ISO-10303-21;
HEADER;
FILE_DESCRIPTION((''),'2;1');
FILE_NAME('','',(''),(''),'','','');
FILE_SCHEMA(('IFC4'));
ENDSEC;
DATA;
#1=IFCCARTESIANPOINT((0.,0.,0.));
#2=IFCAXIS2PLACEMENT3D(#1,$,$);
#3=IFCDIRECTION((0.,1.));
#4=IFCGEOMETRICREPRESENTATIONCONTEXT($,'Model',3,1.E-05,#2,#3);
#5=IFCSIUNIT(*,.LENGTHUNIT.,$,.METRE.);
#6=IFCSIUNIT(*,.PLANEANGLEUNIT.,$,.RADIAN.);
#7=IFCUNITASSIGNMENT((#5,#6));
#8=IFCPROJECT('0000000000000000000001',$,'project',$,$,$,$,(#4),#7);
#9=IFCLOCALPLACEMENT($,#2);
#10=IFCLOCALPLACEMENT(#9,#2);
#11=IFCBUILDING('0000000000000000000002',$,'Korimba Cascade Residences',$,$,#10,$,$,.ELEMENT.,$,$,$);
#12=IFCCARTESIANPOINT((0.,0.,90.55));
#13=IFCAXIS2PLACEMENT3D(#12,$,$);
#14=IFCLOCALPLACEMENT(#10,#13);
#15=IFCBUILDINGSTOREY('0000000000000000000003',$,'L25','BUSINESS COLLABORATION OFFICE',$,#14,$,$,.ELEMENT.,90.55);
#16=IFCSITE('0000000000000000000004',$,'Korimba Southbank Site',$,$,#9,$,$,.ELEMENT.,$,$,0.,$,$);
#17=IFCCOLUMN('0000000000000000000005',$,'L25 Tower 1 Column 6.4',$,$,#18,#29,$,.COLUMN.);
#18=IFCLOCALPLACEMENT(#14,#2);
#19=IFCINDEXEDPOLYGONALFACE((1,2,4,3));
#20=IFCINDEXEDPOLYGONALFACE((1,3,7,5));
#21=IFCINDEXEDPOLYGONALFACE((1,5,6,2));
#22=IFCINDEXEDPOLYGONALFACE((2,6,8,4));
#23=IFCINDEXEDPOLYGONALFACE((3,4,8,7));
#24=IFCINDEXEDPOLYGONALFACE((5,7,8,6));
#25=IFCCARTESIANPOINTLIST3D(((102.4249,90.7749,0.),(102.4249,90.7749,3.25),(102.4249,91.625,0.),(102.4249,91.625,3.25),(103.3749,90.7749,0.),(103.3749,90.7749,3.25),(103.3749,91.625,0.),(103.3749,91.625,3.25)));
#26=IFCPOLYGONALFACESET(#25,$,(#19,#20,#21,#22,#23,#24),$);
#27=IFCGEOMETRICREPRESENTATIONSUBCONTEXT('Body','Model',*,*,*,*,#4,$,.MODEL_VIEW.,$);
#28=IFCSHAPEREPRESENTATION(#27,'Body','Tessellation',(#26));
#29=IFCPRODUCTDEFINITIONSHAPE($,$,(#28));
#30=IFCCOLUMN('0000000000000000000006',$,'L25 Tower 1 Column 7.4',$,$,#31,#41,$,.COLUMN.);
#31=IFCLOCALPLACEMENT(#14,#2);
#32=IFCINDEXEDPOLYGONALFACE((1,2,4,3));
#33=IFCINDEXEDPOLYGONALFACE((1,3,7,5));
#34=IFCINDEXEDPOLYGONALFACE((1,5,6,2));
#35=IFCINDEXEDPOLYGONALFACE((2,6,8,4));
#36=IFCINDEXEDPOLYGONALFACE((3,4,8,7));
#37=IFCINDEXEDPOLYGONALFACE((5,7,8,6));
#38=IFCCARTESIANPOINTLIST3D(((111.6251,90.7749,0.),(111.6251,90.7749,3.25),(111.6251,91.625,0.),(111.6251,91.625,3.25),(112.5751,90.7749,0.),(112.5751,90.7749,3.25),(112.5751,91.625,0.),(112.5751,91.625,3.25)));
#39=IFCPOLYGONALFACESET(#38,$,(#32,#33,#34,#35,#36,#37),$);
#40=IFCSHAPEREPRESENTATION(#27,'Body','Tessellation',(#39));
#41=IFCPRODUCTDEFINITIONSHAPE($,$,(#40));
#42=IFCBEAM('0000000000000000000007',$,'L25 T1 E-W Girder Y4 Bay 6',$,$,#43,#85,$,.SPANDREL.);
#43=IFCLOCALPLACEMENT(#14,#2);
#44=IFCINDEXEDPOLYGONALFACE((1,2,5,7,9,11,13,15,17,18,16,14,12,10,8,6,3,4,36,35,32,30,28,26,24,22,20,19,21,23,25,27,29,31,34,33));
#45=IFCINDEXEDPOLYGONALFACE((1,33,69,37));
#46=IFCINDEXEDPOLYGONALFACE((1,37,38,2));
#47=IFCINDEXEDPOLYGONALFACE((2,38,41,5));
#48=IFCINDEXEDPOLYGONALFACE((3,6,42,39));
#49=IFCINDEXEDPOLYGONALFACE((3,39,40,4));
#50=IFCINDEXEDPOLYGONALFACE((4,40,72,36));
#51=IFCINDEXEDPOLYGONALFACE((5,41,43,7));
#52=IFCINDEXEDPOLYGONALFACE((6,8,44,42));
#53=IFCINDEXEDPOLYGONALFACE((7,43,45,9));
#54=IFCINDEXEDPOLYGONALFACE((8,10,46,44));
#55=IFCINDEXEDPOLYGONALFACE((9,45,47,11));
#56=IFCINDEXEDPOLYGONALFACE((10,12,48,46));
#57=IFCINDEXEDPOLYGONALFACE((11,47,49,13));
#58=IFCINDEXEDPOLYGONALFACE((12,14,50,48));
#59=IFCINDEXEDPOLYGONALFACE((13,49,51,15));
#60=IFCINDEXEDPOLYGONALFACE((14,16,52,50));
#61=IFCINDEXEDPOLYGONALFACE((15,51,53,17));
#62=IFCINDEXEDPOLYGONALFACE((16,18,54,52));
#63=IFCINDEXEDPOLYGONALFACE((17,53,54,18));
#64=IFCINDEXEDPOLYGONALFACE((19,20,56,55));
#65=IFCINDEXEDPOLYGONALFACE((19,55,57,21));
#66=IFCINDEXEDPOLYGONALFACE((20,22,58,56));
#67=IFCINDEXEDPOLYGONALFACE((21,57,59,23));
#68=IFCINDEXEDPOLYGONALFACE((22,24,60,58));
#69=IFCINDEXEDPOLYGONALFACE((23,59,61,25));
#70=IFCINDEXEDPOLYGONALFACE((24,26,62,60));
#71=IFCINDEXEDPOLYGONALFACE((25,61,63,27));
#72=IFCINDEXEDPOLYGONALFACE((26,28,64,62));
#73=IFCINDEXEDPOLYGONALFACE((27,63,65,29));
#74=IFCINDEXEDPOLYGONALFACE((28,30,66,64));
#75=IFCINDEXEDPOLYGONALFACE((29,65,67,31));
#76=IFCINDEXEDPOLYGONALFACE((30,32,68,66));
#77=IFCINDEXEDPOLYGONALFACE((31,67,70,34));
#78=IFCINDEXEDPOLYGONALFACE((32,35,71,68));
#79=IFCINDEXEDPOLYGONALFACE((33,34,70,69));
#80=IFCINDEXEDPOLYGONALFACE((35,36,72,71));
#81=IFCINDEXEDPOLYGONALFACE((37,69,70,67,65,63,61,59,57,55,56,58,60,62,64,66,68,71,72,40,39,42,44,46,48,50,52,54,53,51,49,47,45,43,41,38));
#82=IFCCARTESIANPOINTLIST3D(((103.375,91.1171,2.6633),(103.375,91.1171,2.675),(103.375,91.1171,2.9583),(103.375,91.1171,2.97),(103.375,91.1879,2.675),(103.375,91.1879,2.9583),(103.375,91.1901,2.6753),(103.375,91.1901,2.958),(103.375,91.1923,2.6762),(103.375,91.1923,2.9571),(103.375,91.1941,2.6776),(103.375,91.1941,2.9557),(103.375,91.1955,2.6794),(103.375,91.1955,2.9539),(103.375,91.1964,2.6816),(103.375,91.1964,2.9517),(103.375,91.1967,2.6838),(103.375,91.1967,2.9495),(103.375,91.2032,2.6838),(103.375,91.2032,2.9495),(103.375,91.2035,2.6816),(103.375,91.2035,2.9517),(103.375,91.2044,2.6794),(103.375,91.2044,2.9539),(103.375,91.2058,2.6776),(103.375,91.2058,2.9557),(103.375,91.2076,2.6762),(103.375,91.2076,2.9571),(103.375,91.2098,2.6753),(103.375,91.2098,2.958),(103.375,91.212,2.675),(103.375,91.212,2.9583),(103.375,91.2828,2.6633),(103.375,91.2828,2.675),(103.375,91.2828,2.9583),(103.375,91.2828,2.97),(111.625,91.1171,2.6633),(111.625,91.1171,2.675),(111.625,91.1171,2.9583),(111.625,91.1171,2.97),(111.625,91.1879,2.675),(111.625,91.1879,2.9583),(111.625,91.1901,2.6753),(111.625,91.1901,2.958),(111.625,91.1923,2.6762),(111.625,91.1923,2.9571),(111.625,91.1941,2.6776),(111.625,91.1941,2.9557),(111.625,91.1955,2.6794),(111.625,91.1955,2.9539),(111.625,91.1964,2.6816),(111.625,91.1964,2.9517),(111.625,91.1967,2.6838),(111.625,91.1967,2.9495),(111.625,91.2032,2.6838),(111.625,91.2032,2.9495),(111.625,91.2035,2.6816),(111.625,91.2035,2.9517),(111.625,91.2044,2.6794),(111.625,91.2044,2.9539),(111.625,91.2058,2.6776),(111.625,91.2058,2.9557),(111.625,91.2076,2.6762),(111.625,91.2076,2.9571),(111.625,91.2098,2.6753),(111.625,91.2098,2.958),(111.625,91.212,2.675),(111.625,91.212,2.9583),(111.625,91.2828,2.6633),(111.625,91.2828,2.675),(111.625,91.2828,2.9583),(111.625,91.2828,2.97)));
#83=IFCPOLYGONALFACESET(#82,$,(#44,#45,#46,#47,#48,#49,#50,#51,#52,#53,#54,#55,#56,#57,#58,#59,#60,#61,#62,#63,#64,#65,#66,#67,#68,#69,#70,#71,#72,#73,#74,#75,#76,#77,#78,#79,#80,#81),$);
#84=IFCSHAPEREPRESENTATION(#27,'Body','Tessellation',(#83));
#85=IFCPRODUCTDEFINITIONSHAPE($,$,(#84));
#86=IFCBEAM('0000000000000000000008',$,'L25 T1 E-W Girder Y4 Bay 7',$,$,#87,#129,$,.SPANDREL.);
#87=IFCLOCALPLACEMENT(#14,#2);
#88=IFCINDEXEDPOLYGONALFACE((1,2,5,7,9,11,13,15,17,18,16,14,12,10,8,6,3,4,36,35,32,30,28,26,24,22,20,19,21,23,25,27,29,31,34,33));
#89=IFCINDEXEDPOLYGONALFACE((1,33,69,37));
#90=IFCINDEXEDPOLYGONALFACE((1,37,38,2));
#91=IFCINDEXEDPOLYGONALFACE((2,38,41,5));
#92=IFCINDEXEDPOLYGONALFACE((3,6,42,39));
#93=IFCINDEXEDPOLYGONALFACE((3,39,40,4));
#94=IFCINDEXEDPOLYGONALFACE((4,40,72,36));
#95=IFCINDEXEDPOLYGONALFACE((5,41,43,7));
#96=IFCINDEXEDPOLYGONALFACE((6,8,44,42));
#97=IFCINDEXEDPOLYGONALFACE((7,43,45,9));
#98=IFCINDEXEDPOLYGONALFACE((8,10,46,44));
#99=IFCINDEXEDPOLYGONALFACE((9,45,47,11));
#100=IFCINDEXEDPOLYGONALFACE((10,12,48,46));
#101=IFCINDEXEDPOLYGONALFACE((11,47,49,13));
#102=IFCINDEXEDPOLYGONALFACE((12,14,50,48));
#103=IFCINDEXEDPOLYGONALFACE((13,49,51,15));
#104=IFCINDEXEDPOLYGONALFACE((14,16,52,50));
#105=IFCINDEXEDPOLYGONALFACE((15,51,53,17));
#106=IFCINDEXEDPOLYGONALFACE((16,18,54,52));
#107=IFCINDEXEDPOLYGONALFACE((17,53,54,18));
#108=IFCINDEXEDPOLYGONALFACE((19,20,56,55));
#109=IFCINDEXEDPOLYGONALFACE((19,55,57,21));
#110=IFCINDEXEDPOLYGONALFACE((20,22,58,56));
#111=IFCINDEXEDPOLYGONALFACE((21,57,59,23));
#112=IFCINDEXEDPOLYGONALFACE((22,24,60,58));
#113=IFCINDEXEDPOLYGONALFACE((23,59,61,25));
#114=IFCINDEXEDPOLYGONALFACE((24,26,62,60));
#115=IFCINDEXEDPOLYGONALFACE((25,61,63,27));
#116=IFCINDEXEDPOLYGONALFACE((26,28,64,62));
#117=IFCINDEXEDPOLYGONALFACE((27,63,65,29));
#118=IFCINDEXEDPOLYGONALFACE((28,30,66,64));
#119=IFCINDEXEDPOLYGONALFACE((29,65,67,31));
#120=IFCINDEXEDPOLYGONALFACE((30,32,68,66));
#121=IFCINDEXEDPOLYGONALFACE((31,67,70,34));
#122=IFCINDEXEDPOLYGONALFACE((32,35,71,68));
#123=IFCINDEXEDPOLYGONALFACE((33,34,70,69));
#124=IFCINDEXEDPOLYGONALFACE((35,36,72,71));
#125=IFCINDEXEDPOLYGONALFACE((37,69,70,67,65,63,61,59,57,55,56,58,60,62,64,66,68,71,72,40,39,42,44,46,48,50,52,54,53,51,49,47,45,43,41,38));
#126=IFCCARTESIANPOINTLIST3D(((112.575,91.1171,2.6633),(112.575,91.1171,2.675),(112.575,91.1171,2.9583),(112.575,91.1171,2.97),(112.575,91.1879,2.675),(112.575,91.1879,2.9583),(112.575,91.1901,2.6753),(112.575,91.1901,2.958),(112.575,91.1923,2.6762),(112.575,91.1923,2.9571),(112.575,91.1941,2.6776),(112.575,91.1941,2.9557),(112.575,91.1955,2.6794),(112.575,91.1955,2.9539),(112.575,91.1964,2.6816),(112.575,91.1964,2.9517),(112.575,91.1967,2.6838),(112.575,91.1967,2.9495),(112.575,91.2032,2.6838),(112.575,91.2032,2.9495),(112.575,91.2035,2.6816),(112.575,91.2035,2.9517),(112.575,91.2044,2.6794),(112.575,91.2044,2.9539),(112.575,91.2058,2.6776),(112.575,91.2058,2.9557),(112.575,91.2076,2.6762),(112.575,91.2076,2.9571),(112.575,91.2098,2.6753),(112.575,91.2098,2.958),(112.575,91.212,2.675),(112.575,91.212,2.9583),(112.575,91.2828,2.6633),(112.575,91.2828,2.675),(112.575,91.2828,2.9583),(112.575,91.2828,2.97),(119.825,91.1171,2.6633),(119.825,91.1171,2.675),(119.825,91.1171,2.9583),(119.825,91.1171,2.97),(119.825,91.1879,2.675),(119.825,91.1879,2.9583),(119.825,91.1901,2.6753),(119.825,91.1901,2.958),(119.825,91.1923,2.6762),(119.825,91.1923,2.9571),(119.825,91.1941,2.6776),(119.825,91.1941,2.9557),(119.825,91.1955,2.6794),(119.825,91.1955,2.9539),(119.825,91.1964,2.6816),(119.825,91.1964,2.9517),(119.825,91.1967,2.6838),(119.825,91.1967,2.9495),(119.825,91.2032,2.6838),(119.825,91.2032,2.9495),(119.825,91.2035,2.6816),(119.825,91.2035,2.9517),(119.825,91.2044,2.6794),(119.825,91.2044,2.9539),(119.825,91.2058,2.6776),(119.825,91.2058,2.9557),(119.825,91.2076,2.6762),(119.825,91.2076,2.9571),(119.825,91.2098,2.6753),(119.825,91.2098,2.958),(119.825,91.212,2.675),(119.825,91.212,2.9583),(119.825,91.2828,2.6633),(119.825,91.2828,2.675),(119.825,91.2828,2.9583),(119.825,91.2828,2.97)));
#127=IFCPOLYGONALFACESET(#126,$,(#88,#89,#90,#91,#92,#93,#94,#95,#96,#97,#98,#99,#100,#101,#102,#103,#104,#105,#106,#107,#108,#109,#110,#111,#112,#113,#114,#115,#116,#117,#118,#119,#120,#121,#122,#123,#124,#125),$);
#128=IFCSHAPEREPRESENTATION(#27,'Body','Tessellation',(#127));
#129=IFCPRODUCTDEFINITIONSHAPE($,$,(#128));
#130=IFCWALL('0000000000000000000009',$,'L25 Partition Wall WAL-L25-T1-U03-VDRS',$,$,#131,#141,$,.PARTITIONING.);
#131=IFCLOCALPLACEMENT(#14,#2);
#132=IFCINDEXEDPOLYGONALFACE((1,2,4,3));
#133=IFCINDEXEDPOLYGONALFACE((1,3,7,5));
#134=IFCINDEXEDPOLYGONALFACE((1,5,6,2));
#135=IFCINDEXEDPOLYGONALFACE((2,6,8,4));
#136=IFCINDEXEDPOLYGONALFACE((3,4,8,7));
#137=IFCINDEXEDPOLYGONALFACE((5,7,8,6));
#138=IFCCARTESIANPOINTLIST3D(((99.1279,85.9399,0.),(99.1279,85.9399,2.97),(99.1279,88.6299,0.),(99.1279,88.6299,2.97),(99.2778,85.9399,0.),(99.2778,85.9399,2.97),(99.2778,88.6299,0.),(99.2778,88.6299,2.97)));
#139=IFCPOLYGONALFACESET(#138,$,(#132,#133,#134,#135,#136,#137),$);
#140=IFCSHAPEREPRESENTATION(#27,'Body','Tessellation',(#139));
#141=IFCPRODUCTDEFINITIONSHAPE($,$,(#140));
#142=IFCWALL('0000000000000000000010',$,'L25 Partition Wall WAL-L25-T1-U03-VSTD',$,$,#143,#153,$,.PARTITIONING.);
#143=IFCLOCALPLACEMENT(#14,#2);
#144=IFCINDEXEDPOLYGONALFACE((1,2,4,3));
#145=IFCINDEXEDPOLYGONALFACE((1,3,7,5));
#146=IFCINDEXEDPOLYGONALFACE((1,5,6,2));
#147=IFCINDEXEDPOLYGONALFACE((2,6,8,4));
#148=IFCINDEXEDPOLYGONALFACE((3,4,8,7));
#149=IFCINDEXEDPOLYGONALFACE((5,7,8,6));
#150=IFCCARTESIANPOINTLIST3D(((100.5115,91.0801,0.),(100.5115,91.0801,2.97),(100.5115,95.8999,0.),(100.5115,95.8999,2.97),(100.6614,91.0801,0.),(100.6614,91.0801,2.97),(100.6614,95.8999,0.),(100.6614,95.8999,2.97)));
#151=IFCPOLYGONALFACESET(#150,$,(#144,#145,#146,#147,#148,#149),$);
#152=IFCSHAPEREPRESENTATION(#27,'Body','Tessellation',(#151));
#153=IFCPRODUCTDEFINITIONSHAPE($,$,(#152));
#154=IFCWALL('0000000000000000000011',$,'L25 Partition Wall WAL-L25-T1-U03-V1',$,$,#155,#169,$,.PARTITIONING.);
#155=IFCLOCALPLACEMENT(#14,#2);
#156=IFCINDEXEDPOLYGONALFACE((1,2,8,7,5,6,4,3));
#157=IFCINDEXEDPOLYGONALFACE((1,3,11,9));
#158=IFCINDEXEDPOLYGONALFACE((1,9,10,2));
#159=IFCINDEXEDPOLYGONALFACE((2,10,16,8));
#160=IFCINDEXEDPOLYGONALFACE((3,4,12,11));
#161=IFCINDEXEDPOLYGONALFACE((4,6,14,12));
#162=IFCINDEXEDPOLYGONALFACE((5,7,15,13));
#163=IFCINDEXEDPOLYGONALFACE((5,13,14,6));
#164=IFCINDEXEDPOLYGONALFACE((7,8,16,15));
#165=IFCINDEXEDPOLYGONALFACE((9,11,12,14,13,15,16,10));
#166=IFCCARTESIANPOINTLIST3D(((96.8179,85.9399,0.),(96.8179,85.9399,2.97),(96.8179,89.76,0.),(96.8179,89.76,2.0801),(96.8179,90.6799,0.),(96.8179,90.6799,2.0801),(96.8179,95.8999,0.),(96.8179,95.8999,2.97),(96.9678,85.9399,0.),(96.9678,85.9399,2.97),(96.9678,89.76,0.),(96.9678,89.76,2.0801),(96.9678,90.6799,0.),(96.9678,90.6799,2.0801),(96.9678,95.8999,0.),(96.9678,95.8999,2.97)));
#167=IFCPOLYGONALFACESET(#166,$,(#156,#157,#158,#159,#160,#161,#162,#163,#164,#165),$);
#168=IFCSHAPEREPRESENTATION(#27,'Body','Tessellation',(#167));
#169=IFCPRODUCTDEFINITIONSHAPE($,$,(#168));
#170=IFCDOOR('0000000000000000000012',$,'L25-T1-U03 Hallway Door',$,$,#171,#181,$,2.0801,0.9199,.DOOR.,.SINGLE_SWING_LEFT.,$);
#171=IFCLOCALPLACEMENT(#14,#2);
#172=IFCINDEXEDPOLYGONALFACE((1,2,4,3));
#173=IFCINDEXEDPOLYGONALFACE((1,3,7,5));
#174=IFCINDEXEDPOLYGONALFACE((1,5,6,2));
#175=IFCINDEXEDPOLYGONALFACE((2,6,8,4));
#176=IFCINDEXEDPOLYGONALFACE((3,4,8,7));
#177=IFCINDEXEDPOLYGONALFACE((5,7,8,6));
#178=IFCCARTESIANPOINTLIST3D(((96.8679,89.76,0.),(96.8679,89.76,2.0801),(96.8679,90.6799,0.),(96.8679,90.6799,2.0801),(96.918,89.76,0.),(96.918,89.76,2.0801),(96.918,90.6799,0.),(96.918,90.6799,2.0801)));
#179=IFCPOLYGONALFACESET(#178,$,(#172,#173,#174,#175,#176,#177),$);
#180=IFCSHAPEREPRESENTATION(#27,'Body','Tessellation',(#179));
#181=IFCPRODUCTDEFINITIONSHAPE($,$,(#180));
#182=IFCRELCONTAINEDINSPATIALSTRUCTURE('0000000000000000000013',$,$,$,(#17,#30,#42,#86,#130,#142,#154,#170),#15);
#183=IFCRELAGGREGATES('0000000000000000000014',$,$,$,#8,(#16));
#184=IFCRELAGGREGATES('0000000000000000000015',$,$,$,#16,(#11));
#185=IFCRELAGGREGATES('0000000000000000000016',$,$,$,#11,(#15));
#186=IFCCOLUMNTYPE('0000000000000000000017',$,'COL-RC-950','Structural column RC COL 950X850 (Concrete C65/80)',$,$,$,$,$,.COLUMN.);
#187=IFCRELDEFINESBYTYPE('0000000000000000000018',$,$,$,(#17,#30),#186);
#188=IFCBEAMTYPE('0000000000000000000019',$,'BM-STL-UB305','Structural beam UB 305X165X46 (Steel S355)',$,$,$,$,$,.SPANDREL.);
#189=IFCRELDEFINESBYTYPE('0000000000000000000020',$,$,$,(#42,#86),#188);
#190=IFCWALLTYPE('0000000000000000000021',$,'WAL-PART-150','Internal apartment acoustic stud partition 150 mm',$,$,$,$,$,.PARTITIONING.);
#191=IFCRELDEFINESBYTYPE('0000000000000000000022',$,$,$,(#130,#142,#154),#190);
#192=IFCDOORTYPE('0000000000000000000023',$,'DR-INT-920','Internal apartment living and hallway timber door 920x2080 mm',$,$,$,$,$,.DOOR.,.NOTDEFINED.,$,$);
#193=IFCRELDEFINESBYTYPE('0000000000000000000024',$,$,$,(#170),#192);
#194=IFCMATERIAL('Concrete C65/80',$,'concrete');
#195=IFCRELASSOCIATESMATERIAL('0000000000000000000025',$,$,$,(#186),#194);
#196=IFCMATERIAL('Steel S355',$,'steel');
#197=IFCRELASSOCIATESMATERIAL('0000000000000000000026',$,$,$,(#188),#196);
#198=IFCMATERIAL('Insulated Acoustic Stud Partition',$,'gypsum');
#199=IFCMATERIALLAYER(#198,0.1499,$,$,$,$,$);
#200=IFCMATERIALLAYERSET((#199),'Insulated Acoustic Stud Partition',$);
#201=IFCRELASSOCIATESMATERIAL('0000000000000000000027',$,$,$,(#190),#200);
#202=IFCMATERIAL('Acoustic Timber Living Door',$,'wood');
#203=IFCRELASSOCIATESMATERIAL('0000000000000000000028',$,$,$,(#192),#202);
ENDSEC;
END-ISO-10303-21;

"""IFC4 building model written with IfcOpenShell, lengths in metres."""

from ifc_helpers import new_model, si_unit, direction, frame, frame_2d, origin, origin_2d, place, context, subcontext, project, spatial, rectangle, i_section, extrude, material, layer, layer_set, material_profile, profile_set, type_object, element, fill, save


model = new_model("IFC4")

# Units and contexts
model_context = context("Model", 3, precision=1e-05, world=origin(), true_north=direction((0.0, 1.0)))
body_context = subcontext(model_context, "Body", "Model", "MODEL_VIEW")
ifc_project = project(units=[si_unit("LENGTHUNIT", "METRE"), si_unit("PLANEANGLEUNIT", "RADIAN")], contexts=[model_context])

# Site, building, storey
site_placement = place(None, origin())
site = spatial("IfcSite", under=ifc_project, at=site_placement, Name="Korimba Southbank Site", CompositionType="ELEMENT", RefElevation=0.0)
building_placement = place(site_placement, origin())
building = spatial("IfcBuilding", under=site, at=building_placement, Name="Korimba Cascade Residences", CompositionType="ELEMENT")
storey_placement = place(building_placement, frame((0.0, 0.0, 90.55)))
storey = spatial("IfcBuildingStorey", under=building, at=storey_placement, Name="L25", Description="BUSINESS COLLABORATION OFFICE", CompositionType="ELEMENT", Elevation=90.55)

# Columns
ifc_material_1 = material(Name="Concrete C65/80", Category="concrete")
ifc_material_profile_1 = material_profile(ifc_material_1, rectangle(XDim=0.95, YDim=0.8501, at=origin_2d()), Name="Concrete C65/80")
ifc_profile_set_1 = profile_set([ifc_material_profile_1], Name="Concrete C65/80")
column_type = type_object("IfcColumnType", Name="COL-RC-950", Description="Structural column RC COL 950X850 (Concrete C65/80)", PredefinedType="COLUMN", material=ifc_profile_set_1)
for number, where, z_axis, x_axis, name in (
    (1, (102.8999, 91.2, 0.0), (0.0, 0.0, 1.0), (1.0, 0.0, 0.0), "L25 Tower 1 Column 6.4"),
    (2, (112.1001, 91.2, 0.0), (0.0, 0.0, 1.0), (1.0, 0.0, 0.0), "L25 Tower 1 Column 7.4"),
):
    element("IfcColumn", number, at=place(storey_placement, frame(where, z_axis=z_axis, x_axis=x_axis)), inside=storey, type_object=column_type, Name=name, PredefinedType="COLUMN", context=body_context, shape_type="SweptSolid", body=[
        extrude(rectangle(XDim=0.95, YDim=0.8501, at=origin_2d()), origin(), (0.0, 0.0, 1.0), 3.25),
    ])

# Beams
ifc_material_2 = material(Name="Steel S355", Category="steel")
ifc_material_profile_2 = material_profile(ifc_material_2, i_section(OverallWidth=0.1658, OverallDepth=0.3066, WebThickness=0.0066, FlangeThickness=0.0117, FilletRadius=0.0088, at=origin_2d()), Name="Steel S355")
ifc_profile_set_2 = profile_set([ifc_material_profile_2], Name="Steel S355")
beam_type = type_object("IfcBeamType", Name="BM-STL-UB305", Description="Structural beam UB 305X165X46 (Steel S355)", PredefinedType="SPANDREL", material=ifc_profile_set_2)
beam_1_placement = place(storey_placement, frame((103.375, 91.2, 2.8167), z_axis=(1.0, 0.0, 0.0), x_axis=(0.0, 1.0, 0.0)))
element("IfcBeam", 3, at=beam_1_placement, inside=storey, type_object=beam_type, Name="L25 T1 E-W Girder Y4 Bay 6", PredefinedType="SPANDREL", context=body_context, shape_type="SweptSolid", body=[
    extrude(i_section(OverallWidth=0.1658, OverallDepth=0.3066, WebThickness=0.0066, FlangeThickness=0.0117, FilletRadius=0.0088, at=origin_2d()), origin(), (0.0, 0.0, 1.0), 8.25),
])
beam_2_placement = place(storey_placement, frame((112.575, 91.2, 2.8167), z_axis=(1.0, 0.0, 0.0), x_axis=(0.0, 1.0, 0.0)))
element("IfcBeam", 4, at=beam_2_placement, inside=storey, type_object=beam_type, Name="L25 T1 E-W Girder Y4 Bay 7", PredefinedType="SPANDREL", context=body_context, shape_type="SweptSolid", body=[
    extrude(i_section(OverallWidth=0.1658, OverallDepth=0.3066, WebThickness=0.0066, FlangeThickness=0.0117, FilletRadius=0.0088, at=origin_2d()), origin(), (0.0, 0.0, 1.0), 7.25),
])

# Walls
ifc_material_3 = material(Name="Insulated Acoustic Stud Partition", Category="gypsum")
ifc_layer = layer(ifc_material_3, 0.1499)
ifc_layer_set = layer_set([ifc_layer], Name="Insulated Acoustic Stud Partition")
wall_type = type_object("IfcWallType", Name="WAL-PART-150", Description="Internal apartment acoustic stud partition 150 mm", PredefinedType="PARTITIONING", material=ifc_layer_set)
wall_1_placement = place(storey_placement, frame((99.2029, 85.9399, 0.0), z_axis=(0.0, 0.0, 1.0), x_axis=(0.0, 1.0, 0.0)))
element("IfcWall", 5, at=wall_1_placement, inside=storey, type_object=wall_type, Name="L25 Partition Wall WAL-L25-T1-U03-VDRS", PredefinedType="PARTITIONING", context=body_context, shape_type="SweptSolid", body=[
    extrude(rectangle(XDim=2.6899, YDim=0.1499, at=frame_2d((1.345, 0.0))), origin(), (0.0, 0.0, 1.0), 2.97),
])
wall_2_placement = place(storey_placement, frame((100.5864, 91.0801, 0.0), z_axis=(0.0, 0.0, 1.0), x_axis=(0.0, 1.0, 0.0)))
element("IfcWall", 6, at=wall_2_placement, inside=storey, type_object=wall_type, Name="L25 Partition Wall WAL-L25-T1-U03-VSTD", PredefinedType="PARTITIONING", context=body_context, shape_type="SweptSolid", body=[
    extrude(rectangle(XDim=4.8198, YDim=0.1499, at=frame_2d((2.4099, 0.0))), origin(), (0.0, 0.0, 1.0), 2.97),
])

# Wall, opening, door
wall_3_placement = place(storey_placement, frame((96.8928, 85.9399, 0.0), z_axis=(0.0, 0.0, 1.0), x_axis=(0.0, 1.0, 0.0)))
wall_3 = element("IfcWall", 7, at=wall_3_placement, inside=storey, type_object=wall_type, Name="L25 Partition Wall WAL-L25-T1-U03-V1", PredefinedType="PARTITIONING", context=body_context, shape_type="SweptSolid", body=[
    extrude(rectangle(XDim=9.96, YDim=0.1499, at=frame_2d((4.98, 0.0))), origin(), (0.0, 0.0, 1.0), 2.97),
])
opening_1_placement = place(wall_3_placement, frame((3.8201, 0.0, 0.0)))
opening_1 = element("IfcOpeningElement", 8, at=opening_1_placement, cuts=wall_3, PredefinedType="OPENING", context=body_context, shape_type="SweptSolid", body=[
    extrude(rectangle(XDim=0.9199, YDim=2.0801, at=frame_2d((0.46, 1.04))), frame((0.0, 0.085, 0.0), z_axis=(0.0, -1.0, 0.0), x_axis=(1.0, 0.0, 0.0)), (0.0, 0.0, 1.0), 0.1699),
])
ifc_material_4 = material(Name="Acoustic Timber Living Door", Category="wood")
door_type_1 = type_object("IfcDoorType", Name="DR-INT-920", Description="Internal apartment living and hallway timber door 920x2080 mm", OperationType="NOTDEFINED", PredefinedType="DOOR", material=ifc_material_4)
door_1_placement = place(opening_1_placement, origin())
door_1 = element("IfcDoor", 9, at=door_1_placement, inside=storey, type_object=door_type_1, Name="L25-T1-U03 Hallway Door", OperationType="SINGLE_SWING_LEFT", OverallHeight=2.0801, OverallWidth=0.9199, PredefinedType="DOOR", context=body_context, shape_type="SweptSolid", body=[
    extrude(rectangle(XDim=0.9199, YDim=2.0801, at=frame_2d((0.46, 1.04))), frame((0.0, 0.0249, 0.0), z_axis=(0.0, -1.0, 0.0), x_axis=(1.0, 0.0, 0.0)), (0.0, 0.0, 1.0), 0.05),
])
fill(opening_1, door_1)

save(model, "model.ifc")
